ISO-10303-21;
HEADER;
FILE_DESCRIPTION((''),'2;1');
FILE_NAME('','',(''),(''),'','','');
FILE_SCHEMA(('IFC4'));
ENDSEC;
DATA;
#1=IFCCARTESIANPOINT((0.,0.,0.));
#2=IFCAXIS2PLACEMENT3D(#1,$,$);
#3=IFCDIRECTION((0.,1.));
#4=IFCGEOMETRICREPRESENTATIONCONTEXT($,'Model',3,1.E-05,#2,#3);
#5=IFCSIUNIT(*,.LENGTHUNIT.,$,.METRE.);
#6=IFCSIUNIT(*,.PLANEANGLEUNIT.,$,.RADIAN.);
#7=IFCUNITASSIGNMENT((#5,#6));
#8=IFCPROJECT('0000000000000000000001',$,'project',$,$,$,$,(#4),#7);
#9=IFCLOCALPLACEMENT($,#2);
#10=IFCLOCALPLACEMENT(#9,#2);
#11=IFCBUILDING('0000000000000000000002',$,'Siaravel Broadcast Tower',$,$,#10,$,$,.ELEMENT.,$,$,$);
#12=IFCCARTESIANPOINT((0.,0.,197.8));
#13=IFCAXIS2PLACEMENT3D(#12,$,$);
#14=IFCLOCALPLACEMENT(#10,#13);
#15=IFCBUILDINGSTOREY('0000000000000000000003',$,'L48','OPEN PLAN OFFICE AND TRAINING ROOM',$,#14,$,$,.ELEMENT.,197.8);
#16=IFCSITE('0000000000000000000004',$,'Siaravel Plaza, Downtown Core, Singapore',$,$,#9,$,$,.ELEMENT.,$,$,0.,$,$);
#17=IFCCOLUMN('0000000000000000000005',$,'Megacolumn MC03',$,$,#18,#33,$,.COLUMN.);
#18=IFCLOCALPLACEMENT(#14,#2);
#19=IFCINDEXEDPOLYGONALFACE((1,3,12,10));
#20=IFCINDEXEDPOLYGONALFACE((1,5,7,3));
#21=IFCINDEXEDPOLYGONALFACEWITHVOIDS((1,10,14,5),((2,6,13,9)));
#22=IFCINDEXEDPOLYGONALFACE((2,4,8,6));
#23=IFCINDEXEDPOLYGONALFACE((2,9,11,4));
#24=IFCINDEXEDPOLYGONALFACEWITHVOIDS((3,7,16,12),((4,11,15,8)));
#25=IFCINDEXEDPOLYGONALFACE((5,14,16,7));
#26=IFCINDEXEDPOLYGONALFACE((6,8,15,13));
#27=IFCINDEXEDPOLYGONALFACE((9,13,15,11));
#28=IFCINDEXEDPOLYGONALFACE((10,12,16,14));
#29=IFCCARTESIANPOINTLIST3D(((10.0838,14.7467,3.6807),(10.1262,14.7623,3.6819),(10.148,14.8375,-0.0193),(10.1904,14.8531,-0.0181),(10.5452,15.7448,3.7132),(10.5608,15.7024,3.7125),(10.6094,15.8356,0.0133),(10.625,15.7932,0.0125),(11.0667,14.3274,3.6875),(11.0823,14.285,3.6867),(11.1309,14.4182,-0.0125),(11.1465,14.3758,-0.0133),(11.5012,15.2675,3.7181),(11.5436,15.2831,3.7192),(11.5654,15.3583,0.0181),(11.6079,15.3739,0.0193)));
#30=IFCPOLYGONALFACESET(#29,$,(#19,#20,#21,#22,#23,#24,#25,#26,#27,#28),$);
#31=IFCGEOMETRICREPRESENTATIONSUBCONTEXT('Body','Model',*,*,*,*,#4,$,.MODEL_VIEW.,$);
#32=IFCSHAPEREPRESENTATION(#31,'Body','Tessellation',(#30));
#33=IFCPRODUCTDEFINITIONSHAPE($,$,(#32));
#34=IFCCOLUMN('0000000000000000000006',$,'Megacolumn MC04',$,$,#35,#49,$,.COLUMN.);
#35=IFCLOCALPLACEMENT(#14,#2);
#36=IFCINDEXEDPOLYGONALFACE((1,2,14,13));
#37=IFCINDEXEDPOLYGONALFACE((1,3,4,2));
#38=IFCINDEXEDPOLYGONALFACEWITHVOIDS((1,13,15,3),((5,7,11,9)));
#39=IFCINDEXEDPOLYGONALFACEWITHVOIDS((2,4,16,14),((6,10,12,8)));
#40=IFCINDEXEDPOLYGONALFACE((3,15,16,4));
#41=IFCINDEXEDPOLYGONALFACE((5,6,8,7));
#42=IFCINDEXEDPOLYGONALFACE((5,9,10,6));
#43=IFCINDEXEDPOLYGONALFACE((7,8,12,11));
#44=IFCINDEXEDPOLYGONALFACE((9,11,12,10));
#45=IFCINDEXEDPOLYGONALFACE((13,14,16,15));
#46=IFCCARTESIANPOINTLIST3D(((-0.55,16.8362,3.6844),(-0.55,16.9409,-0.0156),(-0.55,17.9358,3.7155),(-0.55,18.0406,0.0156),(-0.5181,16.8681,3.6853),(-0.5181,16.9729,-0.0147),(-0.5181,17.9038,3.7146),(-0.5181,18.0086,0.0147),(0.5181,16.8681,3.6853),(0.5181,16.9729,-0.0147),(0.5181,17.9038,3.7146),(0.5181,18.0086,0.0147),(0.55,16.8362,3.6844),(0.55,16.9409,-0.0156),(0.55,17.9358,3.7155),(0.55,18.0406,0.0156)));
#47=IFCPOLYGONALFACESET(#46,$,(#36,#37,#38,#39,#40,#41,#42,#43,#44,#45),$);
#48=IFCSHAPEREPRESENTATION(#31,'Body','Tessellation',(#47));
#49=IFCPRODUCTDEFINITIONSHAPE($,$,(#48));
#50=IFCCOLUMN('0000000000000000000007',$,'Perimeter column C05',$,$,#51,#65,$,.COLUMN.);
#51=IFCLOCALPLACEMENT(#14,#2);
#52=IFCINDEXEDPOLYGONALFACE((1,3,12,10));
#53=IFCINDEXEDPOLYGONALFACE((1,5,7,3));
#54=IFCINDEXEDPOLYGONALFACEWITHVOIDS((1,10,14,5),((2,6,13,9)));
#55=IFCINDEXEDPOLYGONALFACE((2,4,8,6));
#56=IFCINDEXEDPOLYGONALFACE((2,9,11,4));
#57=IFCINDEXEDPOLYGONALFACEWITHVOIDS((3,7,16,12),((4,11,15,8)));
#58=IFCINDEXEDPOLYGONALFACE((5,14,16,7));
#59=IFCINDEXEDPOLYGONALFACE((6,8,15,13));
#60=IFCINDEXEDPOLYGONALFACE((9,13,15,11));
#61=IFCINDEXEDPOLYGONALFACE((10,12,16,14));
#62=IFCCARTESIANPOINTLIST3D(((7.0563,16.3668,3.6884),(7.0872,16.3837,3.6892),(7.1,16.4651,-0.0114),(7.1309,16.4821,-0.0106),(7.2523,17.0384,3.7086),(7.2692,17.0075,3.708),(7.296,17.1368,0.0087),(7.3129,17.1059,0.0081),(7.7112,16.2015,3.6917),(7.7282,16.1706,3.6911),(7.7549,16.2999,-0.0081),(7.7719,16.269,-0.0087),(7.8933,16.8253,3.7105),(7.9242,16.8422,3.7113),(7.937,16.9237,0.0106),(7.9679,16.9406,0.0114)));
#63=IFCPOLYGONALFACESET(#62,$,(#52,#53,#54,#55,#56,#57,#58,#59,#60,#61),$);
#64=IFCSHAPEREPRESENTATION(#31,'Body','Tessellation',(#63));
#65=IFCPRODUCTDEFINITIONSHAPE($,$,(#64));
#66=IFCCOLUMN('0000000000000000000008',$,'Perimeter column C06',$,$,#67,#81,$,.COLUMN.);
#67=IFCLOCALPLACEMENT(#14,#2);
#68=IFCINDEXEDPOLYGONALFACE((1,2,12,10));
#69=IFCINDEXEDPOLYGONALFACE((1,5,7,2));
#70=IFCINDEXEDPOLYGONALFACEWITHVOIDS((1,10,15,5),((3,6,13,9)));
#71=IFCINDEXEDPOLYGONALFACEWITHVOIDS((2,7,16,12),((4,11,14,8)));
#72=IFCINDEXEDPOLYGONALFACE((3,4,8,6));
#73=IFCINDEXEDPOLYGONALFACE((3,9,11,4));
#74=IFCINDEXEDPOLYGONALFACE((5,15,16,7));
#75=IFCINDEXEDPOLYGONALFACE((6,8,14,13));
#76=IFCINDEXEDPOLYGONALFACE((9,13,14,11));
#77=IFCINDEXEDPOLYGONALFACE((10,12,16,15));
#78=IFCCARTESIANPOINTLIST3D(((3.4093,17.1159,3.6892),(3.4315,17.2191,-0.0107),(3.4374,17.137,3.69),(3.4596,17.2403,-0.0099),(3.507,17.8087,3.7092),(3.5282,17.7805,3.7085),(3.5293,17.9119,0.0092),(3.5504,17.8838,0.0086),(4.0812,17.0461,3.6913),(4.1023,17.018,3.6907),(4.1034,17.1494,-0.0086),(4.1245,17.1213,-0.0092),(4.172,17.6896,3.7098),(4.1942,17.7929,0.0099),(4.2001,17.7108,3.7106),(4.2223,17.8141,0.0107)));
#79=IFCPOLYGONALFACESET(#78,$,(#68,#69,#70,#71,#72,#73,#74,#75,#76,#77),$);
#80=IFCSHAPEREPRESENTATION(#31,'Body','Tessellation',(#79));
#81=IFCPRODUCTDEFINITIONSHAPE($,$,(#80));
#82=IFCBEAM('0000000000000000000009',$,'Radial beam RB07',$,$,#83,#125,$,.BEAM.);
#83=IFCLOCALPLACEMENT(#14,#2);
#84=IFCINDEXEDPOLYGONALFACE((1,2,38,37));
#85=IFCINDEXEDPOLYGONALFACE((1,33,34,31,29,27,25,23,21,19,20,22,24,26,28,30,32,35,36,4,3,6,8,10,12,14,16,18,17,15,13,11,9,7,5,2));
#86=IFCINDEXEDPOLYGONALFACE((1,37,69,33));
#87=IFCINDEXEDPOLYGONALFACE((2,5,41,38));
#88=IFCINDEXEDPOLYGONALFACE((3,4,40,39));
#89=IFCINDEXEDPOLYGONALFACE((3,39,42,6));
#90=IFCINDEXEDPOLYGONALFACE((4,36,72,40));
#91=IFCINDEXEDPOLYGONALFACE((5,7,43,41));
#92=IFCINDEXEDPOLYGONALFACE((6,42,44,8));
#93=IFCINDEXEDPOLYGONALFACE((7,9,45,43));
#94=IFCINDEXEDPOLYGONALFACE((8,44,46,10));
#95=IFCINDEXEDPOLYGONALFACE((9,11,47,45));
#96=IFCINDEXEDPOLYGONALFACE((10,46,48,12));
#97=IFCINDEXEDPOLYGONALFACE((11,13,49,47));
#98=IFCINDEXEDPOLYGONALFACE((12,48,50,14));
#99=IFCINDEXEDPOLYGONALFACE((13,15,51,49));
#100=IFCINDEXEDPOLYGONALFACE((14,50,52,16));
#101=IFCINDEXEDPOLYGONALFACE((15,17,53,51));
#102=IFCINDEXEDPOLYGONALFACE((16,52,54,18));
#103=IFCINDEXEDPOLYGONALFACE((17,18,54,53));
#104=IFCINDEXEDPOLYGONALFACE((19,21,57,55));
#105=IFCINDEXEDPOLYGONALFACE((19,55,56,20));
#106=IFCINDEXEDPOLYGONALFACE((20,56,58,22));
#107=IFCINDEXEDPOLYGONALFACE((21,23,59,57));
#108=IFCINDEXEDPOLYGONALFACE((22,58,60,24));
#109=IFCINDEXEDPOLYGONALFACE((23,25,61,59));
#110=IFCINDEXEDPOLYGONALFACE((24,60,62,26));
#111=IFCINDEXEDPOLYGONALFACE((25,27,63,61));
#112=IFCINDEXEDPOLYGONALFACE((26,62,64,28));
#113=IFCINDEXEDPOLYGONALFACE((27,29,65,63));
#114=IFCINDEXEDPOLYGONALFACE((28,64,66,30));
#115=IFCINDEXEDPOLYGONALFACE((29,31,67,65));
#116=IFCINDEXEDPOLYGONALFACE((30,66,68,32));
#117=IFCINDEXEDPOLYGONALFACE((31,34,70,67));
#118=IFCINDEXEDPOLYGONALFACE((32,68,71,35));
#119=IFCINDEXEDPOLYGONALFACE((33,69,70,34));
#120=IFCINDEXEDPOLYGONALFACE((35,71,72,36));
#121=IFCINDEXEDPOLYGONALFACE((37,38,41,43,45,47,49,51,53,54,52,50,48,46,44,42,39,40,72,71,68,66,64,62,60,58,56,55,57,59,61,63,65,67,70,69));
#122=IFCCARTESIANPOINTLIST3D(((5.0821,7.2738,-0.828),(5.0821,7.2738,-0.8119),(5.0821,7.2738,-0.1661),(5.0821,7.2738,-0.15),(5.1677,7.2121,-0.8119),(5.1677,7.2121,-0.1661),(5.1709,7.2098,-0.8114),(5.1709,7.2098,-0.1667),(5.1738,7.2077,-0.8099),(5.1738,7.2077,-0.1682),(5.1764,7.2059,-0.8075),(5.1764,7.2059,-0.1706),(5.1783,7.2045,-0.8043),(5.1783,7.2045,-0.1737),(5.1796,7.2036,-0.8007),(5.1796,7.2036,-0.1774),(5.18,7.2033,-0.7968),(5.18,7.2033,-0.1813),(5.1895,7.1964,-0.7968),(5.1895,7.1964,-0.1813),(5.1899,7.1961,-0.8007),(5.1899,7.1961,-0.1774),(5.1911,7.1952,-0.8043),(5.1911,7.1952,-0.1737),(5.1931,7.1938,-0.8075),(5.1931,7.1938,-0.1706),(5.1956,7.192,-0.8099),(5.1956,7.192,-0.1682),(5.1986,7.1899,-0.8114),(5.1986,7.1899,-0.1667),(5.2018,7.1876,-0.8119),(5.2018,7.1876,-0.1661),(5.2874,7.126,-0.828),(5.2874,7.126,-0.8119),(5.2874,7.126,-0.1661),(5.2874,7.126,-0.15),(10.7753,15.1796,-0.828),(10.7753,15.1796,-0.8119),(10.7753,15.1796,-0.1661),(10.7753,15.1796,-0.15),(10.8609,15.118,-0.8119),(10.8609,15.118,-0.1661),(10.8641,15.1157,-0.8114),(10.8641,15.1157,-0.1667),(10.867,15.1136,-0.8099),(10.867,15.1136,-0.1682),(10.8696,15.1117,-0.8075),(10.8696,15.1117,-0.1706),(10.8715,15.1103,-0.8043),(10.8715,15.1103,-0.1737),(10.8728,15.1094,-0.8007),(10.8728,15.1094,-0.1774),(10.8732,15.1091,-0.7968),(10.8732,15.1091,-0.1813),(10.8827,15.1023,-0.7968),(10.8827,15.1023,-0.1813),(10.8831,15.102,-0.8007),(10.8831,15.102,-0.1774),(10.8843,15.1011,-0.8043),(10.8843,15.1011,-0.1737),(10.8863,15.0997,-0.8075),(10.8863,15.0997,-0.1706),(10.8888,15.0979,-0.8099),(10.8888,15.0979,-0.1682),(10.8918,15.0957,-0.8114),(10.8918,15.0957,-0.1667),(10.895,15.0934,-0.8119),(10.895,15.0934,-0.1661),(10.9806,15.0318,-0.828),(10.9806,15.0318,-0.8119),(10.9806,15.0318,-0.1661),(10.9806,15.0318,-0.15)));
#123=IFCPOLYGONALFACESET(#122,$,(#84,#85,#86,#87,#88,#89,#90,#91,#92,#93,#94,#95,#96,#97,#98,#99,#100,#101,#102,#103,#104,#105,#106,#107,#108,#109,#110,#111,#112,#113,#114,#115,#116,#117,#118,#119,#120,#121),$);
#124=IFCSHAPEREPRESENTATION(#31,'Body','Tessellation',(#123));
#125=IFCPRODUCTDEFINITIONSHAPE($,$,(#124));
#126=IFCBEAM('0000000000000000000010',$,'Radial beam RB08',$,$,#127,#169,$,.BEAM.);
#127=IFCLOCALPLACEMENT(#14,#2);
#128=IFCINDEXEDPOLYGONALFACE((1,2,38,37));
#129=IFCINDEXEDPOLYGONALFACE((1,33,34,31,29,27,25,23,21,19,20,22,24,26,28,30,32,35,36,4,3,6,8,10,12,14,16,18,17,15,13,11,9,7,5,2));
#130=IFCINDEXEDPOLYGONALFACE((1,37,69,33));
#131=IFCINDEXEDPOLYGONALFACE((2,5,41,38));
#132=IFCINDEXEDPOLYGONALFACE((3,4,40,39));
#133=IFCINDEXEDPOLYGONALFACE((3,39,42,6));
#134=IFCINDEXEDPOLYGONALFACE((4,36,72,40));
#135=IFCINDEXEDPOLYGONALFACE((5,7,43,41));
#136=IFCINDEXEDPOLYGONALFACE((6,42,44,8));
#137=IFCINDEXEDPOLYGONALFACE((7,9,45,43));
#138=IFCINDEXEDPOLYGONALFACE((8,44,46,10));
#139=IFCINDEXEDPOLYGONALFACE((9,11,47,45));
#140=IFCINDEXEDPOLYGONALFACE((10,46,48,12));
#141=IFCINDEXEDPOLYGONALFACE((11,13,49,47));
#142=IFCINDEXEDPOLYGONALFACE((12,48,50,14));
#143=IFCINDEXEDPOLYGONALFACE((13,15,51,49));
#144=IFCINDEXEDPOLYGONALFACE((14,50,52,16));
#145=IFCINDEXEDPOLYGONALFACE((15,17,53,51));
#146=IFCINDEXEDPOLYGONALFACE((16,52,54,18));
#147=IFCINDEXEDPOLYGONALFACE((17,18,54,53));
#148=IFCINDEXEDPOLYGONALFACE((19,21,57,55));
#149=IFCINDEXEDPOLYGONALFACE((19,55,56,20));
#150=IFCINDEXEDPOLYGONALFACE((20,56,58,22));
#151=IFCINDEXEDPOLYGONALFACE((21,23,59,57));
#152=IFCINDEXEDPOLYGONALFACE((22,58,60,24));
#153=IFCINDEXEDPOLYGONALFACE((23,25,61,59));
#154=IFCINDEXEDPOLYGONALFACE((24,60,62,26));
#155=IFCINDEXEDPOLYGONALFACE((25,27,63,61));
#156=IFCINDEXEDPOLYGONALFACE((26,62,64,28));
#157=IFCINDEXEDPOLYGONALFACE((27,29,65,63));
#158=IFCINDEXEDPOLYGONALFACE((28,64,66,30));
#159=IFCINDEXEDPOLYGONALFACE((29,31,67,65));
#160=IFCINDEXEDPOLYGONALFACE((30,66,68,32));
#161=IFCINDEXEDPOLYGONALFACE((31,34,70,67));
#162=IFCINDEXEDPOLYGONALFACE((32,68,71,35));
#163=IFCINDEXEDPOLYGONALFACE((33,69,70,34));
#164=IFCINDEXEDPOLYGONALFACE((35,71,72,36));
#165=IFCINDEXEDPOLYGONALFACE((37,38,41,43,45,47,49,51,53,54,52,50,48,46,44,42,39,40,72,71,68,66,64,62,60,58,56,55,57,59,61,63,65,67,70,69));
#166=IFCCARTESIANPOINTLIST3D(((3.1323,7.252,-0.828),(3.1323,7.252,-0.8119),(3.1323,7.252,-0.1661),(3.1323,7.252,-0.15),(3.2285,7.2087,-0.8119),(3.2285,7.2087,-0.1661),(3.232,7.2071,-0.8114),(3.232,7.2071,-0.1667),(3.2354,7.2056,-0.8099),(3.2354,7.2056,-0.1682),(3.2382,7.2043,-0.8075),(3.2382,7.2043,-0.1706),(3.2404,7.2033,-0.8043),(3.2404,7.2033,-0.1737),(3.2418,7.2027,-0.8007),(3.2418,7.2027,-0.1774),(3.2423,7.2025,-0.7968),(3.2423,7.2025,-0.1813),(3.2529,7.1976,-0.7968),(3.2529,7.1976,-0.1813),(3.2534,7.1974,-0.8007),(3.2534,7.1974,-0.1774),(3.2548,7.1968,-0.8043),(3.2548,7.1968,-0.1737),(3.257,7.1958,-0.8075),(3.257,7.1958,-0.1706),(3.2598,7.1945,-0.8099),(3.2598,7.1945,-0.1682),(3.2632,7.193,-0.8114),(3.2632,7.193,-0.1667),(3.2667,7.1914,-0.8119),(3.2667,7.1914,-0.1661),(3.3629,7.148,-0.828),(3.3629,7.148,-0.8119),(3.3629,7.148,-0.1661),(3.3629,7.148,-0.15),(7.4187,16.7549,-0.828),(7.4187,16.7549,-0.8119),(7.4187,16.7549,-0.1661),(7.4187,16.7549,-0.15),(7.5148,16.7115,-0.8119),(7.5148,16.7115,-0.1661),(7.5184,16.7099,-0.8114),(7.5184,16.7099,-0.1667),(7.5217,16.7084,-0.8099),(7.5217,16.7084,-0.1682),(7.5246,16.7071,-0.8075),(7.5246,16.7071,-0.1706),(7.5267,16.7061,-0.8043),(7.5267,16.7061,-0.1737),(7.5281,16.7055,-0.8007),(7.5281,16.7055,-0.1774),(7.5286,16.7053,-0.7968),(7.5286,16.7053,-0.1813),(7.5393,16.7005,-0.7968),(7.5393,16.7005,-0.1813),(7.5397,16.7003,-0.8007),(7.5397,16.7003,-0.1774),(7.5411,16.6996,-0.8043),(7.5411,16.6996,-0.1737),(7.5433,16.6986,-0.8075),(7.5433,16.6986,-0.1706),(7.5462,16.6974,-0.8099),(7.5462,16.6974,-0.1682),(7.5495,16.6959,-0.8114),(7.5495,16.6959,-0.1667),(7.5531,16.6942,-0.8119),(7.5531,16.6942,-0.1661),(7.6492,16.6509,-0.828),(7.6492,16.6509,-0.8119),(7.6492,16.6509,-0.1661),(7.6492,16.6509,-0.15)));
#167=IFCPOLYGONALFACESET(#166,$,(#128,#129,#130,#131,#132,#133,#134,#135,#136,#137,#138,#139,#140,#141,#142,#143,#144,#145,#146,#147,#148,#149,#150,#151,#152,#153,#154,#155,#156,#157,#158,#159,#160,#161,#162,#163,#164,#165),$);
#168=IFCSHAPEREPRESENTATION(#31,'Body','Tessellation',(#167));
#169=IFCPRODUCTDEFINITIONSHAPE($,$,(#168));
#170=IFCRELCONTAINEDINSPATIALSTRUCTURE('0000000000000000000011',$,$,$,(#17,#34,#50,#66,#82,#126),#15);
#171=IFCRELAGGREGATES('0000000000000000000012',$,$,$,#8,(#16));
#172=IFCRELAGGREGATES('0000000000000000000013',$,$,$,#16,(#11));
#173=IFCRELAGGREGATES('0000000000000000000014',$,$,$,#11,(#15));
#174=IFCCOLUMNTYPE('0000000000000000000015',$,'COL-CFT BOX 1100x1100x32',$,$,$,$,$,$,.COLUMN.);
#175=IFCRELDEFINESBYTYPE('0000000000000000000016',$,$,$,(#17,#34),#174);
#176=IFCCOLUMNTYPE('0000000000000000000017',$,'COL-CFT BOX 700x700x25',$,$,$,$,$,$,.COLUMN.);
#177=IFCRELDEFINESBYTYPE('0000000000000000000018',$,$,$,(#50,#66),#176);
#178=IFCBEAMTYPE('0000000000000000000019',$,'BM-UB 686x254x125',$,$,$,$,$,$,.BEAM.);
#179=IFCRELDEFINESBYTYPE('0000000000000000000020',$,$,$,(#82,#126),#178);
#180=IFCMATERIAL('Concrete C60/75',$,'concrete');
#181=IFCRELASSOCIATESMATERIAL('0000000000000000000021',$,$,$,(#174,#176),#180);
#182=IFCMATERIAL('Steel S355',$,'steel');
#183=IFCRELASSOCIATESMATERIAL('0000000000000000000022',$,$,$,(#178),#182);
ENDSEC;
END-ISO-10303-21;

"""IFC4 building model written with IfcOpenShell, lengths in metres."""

from ifc_helpers import new_model, si_unit, direction, frame, origin, origin_2d, place, context, subcontext, project, spatial, hollow_rectangle, i_section, extrude, material, material_profile, profile_set, type_object, element, save


model = new_model("IFC4")

# Units and contexts
model_context = context("Model", 3, precision=1e-05, world=origin(), true_north=direction((0.0, 1.0)))
body_context = subcontext(model_context, "Body", "Model", "MODEL_VIEW")
ifc_project = project(units=[si_unit("LENGTHUNIT", "METRE"), si_unit("PLANEANGLEUNIT", "RADIAN")], contexts=[model_context])

# Site, building, storey
site_placement = place(None, origin())
site = spatial("IfcSite", under=ifc_project, at=site_placement, Name="Siaravel Plaza, Downtown Core, Singapore", CompositionType="ELEMENT", RefElevation=0.0)
building_placement = place(site_placement, origin())
building = spatial("IfcBuilding", under=site, at=building_placement, Name="Siaravel Broadcast Tower", CompositionType="ELEMENT")
storey_placement = place(building_placement, frame((0.0, 0.0, 197.8)))
storey = spatial("IfcBuildingStorey", under=building, at=storey_placement, Name="L48", Description="OPEN PLAN OFFICE AND TRAINING ROOM", CompositionType="ELEMENT", Elevation=197.8)

# Columns
ifc_material_1 = material(Name="Concrete C60/75", Category="concrete")
ifc_material_profile_1 = material_profile(ifc_material_1, hollow_rectangle(XDim=1.1001, YDim=1.1001, WallThickness=0.032, at=origin_2d()))
ifc_profile_set_1 = profile_set([ifc_material_profile_1], Name="Concrete C60/75")
column_type_1 = type_object("IfcColumnType", Name="COL-CFT BOX 1100x1100x32", PredefinedType="COLUMN", material=ifc_profile_set_1)
column_1_placement = place(storey_placement, frame((10.8779, 15.1057, 0.0), z_axis=(-0.017346, -0.024535, 0.999548), x_axis=(0.907643, -0.419707, 0.005449)))
element("IfcColumn", 1, at=column_1_placement, inside=storey, type_object=column_type_1, Name="Megacolumn MC03", PredefinedType="COLUMN", context=body_context, shape_type="SweptSolid", body=[
    extrude(hollow_rectangle(XDim=1.1001, YDim=1.1001, WallThickness=0.032, at=origin_2d()), origin(), (0.0, 0.0, 1.0), 3.7017),
])
column_2_placement = place(storey_placement, frame((0.0, 17.4907, 0.0), z_axis=(0.0, -0.028296, 0.9996), x_axis=(1.0, 0.0, 0.0)))
element("IfcColumn", 2, at=column_2_placement, inside=storey, type_object=column_type_1, Name="Megacolumn MC04", PredefinedType="COLUMN", context=body_context, shape_type="SweptSolid", body=[
    extrude(hollow_rectangle(XDim=1.1001, YDim=1.1001, WallThickness=0.032, at=origin_2d()), origin(), (0.0, 0.0, 1.0), 3.7014),
])
ifc_material_profile_2 = material_profile(ifc_material_1, hollow_rectangle(XDim=0.7, YDim=0.7, WallThickness=0.0249, at=origin_2d()))
ifc_profile_set_2 = profile_set([ifc_material_profile_2], Name="Concrete C60/75")
column_type_2 = type_object("IfcColumnType", Name="COL-CFT BOX 700x700x25", PredefinedType="COLUMN", material=ifc_profile_set_2)
for number, where, z_axis, x_axis, name in (
    (3, (7.5339, 16.7029, 0.0), (-0.011806, -0.026581, 0.999577), (0.959918, -0.280254, 0.003885), "Perimeter column C05"),
    (4, (3.8269, 17.5166, 0.0), (-0.006002, -0.0279, 0.999593), (0.990174, -0.139824, 0.002043), "Perimeter column C06"),
):
    element("IfcColumn", number, at=place(storey_placement, frame(where, z_axis=z_axis, x_axis=x_axis)), inside=storey, type_object=column_type_2, Name=name, PredefinedType="COLUMN", context=body_context, shape_type="SweptSolid", body=[
        extrude(hollow_rectangle(XDim=0.7, YDim=0.7, WallThickness=0.0249, at=origin_2d()), origin(), (0.0, 0.0, 1.0), 3.7014),
    ])

# Beams
ifc_material_2 = material(Name="Steel S355", Category="steel")
ifc_material_profile_3 = material_profile(ifc_material_2, i_section(OverallWidth=0.2529, OverallDepth=0.678, WebThickness=0.0117, FlangeThickness=0.0161, FilletRadius=0.0151, at=origin_2d()))
ifc_profile_set_3 = profile_set([ifc_material_profile_3], Name="Steel S355")
beam_type = type_object("IfcBeamType", Name="BM-UB 686x254x125", PredefinedType="BEAM", material=ifc_profile_set_3)
beam_1_placement = place(storey_placement, frame((10.8779, 15.1057, -0.489), z_axis=(-0.58437, -0.811487, 0.0), x_axis=(0.811487, -0.58437, 0.0)))
element("IfcBeam", 5, at=beam_1_placement, inside=storey, type_object=beam_type, Name="Radial beam RB07", PredefinedType="BEAM", context=body_context, shape_type="SweptSolid", body=[
    extrude(i_section(OverallWidth=0.2529, OverallDepth=0.678, WebThickness=0.0117, FlangeThickness=0.0161, FilletRadius=0.0151, at=origin_2d()), origin(), (0.0, 0.0, 1.0), 9.7424),
])
beam_2_placement = place(storey_placement, frame((7.5339, 16.7029, -0.489), z_axis=(-0.411167, -0.91156, 0.0), x_axis=(0.91156, -0.411167, 0.0)))
element("IfcBeam", 6, at=beam_2_placement, inside=storey, type_object=beam_type, Name="Radial beam RB08", PredefinedType="BEAM", context=body_context, shape_type="SweptSolid", body=[
    extrude(i_section(OverallWidth=0.2529, OverallDepth=0.678, WebThickness=0.0117, FlangeThickness=0.0161, FilletRadius=0.0151, at=origin_2d()), origin(), (0.0, 0.0, 1.0), 10.4248),
])

save(model, "model.ifc")
